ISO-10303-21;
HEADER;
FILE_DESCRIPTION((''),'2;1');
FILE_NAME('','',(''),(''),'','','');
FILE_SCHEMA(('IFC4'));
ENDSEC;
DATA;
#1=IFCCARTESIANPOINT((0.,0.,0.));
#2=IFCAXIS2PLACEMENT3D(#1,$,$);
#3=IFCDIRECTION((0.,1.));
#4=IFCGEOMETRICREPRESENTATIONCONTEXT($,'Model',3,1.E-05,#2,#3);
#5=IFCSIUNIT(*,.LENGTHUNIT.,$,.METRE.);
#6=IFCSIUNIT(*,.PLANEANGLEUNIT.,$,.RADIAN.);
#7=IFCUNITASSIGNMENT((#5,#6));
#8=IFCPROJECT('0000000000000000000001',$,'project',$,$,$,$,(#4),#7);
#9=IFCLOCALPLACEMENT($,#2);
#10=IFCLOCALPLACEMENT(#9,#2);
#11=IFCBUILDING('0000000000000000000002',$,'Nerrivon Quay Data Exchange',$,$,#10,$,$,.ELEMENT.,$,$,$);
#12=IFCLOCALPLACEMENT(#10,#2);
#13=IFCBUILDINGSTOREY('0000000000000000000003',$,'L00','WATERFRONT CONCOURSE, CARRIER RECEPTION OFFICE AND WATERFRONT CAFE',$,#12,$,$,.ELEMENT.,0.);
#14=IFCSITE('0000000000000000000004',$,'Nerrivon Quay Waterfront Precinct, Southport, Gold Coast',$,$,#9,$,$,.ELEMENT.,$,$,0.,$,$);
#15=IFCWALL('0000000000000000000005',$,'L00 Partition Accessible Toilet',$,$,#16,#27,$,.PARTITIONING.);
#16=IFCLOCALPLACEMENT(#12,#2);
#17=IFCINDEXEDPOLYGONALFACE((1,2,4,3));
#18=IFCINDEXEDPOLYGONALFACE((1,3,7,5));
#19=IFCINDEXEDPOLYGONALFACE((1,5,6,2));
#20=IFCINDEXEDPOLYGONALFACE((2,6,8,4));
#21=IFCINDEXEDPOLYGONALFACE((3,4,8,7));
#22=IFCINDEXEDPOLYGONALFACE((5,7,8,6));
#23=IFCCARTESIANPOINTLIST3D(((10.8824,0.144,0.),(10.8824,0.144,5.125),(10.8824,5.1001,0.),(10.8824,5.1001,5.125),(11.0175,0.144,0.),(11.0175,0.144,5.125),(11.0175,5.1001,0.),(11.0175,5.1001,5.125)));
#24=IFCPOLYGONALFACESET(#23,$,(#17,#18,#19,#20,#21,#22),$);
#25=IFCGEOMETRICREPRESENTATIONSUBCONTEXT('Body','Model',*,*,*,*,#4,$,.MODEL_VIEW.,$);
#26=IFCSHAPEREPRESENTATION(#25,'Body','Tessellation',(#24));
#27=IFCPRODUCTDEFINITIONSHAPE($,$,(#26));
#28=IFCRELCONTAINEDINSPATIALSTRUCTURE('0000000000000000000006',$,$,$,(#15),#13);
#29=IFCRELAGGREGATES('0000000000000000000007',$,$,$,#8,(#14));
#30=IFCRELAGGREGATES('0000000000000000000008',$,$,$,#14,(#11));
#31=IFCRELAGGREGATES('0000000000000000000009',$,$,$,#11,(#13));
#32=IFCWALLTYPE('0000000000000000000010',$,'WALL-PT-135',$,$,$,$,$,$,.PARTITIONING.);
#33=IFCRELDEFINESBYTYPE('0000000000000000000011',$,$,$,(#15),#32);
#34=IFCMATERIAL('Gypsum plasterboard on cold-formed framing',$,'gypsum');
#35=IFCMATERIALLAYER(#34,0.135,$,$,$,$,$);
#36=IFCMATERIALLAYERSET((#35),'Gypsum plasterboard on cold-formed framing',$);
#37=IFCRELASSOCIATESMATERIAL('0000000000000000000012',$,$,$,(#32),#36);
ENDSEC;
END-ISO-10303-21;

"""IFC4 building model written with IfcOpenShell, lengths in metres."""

from ifc_helpers import new_model, si_unit, direction, frame, frame_2d, origin, place, context, subcontext, project, spatial, rectangle, extrude, material, layer, layer_set, type_object, element, save


model = new_model("IFC4")

# Units and contexts
model_context = context("Model", 3, precision=1e-05, world=origin(), true_north=direction((0.0, 1.0)))
body_context = subcontext(model_context, "Body", "Model", "MODEL_VIEW")
ifc_project = project(units=[si_unit("LENGTHUNIT", "METRE"), si_unit("PLANEANGLEUNIT", "RADIAN")], contexts=[model_context])

# Site, building, storey
site_placement = place(None, origin())
site = spatial("IfcSite", under=ifc_project, at=site_placement, Name="Nerrivon Quay Waterfront Precinct, Southport, Gold Coast", CompositionType="ELEMENT", RefElevation=0.0)
building_placement = place(site_placement, origin())
building = spatial("IfcBuilding", under=site, at=building_placement, Name="Nerrivon Quay Data Exchange", CompositionType="ELEMENT")
storey_placement = place(building_placement, origin())
storey = spatial("IfcBuildingStorey", under=building, at=storey_placement, Name="L00", Description="WATERFRONT CONCOURSE, CARRIER RECEPTION OFFICE AND WATERFRONT CAFE", CompositionType="ELEMENT", Elevation=0.0)

# Wall
ifc_material_1 = material(Name="Gypsum plasterboard on cold-formed framing", Category="gypsum")
ifc_layer_1 = layer(ifc_material_1, 0.135)
ifc_layer_set_1 = layer_set([ifc_layer_1], Name="Gypsum plasterboard on cold-formed framing")
wall_type_1 = type_object("IfcWallType", Name="WALL-PT-135", PredefinedType="PARTITIONING", material=ifc_layer_set_1)
wall_1_placement = place(storey_placement, frame((10.95, 0.144, 0.0), z_axis=(0.0, 0.0, 1.0), x_axis=(0.0, 1.0, 0.0)))
element("IfcWall", 1, at=wall_1_placement, inside=storey, type_object=wall_type_1, Name="L00 Partition Accessible Toilet", PredefinedType="PARTITIONING", context=body_context, shape_type="SweptSolid", body=[
    extrude(rectangle(XDim=4.9561, YDim=0.135, at=frame_2d((2.478, 0.0))), origin(), (0.0, 0.0, 1.0), 5.125),
])

save(model, "model.ifc")
